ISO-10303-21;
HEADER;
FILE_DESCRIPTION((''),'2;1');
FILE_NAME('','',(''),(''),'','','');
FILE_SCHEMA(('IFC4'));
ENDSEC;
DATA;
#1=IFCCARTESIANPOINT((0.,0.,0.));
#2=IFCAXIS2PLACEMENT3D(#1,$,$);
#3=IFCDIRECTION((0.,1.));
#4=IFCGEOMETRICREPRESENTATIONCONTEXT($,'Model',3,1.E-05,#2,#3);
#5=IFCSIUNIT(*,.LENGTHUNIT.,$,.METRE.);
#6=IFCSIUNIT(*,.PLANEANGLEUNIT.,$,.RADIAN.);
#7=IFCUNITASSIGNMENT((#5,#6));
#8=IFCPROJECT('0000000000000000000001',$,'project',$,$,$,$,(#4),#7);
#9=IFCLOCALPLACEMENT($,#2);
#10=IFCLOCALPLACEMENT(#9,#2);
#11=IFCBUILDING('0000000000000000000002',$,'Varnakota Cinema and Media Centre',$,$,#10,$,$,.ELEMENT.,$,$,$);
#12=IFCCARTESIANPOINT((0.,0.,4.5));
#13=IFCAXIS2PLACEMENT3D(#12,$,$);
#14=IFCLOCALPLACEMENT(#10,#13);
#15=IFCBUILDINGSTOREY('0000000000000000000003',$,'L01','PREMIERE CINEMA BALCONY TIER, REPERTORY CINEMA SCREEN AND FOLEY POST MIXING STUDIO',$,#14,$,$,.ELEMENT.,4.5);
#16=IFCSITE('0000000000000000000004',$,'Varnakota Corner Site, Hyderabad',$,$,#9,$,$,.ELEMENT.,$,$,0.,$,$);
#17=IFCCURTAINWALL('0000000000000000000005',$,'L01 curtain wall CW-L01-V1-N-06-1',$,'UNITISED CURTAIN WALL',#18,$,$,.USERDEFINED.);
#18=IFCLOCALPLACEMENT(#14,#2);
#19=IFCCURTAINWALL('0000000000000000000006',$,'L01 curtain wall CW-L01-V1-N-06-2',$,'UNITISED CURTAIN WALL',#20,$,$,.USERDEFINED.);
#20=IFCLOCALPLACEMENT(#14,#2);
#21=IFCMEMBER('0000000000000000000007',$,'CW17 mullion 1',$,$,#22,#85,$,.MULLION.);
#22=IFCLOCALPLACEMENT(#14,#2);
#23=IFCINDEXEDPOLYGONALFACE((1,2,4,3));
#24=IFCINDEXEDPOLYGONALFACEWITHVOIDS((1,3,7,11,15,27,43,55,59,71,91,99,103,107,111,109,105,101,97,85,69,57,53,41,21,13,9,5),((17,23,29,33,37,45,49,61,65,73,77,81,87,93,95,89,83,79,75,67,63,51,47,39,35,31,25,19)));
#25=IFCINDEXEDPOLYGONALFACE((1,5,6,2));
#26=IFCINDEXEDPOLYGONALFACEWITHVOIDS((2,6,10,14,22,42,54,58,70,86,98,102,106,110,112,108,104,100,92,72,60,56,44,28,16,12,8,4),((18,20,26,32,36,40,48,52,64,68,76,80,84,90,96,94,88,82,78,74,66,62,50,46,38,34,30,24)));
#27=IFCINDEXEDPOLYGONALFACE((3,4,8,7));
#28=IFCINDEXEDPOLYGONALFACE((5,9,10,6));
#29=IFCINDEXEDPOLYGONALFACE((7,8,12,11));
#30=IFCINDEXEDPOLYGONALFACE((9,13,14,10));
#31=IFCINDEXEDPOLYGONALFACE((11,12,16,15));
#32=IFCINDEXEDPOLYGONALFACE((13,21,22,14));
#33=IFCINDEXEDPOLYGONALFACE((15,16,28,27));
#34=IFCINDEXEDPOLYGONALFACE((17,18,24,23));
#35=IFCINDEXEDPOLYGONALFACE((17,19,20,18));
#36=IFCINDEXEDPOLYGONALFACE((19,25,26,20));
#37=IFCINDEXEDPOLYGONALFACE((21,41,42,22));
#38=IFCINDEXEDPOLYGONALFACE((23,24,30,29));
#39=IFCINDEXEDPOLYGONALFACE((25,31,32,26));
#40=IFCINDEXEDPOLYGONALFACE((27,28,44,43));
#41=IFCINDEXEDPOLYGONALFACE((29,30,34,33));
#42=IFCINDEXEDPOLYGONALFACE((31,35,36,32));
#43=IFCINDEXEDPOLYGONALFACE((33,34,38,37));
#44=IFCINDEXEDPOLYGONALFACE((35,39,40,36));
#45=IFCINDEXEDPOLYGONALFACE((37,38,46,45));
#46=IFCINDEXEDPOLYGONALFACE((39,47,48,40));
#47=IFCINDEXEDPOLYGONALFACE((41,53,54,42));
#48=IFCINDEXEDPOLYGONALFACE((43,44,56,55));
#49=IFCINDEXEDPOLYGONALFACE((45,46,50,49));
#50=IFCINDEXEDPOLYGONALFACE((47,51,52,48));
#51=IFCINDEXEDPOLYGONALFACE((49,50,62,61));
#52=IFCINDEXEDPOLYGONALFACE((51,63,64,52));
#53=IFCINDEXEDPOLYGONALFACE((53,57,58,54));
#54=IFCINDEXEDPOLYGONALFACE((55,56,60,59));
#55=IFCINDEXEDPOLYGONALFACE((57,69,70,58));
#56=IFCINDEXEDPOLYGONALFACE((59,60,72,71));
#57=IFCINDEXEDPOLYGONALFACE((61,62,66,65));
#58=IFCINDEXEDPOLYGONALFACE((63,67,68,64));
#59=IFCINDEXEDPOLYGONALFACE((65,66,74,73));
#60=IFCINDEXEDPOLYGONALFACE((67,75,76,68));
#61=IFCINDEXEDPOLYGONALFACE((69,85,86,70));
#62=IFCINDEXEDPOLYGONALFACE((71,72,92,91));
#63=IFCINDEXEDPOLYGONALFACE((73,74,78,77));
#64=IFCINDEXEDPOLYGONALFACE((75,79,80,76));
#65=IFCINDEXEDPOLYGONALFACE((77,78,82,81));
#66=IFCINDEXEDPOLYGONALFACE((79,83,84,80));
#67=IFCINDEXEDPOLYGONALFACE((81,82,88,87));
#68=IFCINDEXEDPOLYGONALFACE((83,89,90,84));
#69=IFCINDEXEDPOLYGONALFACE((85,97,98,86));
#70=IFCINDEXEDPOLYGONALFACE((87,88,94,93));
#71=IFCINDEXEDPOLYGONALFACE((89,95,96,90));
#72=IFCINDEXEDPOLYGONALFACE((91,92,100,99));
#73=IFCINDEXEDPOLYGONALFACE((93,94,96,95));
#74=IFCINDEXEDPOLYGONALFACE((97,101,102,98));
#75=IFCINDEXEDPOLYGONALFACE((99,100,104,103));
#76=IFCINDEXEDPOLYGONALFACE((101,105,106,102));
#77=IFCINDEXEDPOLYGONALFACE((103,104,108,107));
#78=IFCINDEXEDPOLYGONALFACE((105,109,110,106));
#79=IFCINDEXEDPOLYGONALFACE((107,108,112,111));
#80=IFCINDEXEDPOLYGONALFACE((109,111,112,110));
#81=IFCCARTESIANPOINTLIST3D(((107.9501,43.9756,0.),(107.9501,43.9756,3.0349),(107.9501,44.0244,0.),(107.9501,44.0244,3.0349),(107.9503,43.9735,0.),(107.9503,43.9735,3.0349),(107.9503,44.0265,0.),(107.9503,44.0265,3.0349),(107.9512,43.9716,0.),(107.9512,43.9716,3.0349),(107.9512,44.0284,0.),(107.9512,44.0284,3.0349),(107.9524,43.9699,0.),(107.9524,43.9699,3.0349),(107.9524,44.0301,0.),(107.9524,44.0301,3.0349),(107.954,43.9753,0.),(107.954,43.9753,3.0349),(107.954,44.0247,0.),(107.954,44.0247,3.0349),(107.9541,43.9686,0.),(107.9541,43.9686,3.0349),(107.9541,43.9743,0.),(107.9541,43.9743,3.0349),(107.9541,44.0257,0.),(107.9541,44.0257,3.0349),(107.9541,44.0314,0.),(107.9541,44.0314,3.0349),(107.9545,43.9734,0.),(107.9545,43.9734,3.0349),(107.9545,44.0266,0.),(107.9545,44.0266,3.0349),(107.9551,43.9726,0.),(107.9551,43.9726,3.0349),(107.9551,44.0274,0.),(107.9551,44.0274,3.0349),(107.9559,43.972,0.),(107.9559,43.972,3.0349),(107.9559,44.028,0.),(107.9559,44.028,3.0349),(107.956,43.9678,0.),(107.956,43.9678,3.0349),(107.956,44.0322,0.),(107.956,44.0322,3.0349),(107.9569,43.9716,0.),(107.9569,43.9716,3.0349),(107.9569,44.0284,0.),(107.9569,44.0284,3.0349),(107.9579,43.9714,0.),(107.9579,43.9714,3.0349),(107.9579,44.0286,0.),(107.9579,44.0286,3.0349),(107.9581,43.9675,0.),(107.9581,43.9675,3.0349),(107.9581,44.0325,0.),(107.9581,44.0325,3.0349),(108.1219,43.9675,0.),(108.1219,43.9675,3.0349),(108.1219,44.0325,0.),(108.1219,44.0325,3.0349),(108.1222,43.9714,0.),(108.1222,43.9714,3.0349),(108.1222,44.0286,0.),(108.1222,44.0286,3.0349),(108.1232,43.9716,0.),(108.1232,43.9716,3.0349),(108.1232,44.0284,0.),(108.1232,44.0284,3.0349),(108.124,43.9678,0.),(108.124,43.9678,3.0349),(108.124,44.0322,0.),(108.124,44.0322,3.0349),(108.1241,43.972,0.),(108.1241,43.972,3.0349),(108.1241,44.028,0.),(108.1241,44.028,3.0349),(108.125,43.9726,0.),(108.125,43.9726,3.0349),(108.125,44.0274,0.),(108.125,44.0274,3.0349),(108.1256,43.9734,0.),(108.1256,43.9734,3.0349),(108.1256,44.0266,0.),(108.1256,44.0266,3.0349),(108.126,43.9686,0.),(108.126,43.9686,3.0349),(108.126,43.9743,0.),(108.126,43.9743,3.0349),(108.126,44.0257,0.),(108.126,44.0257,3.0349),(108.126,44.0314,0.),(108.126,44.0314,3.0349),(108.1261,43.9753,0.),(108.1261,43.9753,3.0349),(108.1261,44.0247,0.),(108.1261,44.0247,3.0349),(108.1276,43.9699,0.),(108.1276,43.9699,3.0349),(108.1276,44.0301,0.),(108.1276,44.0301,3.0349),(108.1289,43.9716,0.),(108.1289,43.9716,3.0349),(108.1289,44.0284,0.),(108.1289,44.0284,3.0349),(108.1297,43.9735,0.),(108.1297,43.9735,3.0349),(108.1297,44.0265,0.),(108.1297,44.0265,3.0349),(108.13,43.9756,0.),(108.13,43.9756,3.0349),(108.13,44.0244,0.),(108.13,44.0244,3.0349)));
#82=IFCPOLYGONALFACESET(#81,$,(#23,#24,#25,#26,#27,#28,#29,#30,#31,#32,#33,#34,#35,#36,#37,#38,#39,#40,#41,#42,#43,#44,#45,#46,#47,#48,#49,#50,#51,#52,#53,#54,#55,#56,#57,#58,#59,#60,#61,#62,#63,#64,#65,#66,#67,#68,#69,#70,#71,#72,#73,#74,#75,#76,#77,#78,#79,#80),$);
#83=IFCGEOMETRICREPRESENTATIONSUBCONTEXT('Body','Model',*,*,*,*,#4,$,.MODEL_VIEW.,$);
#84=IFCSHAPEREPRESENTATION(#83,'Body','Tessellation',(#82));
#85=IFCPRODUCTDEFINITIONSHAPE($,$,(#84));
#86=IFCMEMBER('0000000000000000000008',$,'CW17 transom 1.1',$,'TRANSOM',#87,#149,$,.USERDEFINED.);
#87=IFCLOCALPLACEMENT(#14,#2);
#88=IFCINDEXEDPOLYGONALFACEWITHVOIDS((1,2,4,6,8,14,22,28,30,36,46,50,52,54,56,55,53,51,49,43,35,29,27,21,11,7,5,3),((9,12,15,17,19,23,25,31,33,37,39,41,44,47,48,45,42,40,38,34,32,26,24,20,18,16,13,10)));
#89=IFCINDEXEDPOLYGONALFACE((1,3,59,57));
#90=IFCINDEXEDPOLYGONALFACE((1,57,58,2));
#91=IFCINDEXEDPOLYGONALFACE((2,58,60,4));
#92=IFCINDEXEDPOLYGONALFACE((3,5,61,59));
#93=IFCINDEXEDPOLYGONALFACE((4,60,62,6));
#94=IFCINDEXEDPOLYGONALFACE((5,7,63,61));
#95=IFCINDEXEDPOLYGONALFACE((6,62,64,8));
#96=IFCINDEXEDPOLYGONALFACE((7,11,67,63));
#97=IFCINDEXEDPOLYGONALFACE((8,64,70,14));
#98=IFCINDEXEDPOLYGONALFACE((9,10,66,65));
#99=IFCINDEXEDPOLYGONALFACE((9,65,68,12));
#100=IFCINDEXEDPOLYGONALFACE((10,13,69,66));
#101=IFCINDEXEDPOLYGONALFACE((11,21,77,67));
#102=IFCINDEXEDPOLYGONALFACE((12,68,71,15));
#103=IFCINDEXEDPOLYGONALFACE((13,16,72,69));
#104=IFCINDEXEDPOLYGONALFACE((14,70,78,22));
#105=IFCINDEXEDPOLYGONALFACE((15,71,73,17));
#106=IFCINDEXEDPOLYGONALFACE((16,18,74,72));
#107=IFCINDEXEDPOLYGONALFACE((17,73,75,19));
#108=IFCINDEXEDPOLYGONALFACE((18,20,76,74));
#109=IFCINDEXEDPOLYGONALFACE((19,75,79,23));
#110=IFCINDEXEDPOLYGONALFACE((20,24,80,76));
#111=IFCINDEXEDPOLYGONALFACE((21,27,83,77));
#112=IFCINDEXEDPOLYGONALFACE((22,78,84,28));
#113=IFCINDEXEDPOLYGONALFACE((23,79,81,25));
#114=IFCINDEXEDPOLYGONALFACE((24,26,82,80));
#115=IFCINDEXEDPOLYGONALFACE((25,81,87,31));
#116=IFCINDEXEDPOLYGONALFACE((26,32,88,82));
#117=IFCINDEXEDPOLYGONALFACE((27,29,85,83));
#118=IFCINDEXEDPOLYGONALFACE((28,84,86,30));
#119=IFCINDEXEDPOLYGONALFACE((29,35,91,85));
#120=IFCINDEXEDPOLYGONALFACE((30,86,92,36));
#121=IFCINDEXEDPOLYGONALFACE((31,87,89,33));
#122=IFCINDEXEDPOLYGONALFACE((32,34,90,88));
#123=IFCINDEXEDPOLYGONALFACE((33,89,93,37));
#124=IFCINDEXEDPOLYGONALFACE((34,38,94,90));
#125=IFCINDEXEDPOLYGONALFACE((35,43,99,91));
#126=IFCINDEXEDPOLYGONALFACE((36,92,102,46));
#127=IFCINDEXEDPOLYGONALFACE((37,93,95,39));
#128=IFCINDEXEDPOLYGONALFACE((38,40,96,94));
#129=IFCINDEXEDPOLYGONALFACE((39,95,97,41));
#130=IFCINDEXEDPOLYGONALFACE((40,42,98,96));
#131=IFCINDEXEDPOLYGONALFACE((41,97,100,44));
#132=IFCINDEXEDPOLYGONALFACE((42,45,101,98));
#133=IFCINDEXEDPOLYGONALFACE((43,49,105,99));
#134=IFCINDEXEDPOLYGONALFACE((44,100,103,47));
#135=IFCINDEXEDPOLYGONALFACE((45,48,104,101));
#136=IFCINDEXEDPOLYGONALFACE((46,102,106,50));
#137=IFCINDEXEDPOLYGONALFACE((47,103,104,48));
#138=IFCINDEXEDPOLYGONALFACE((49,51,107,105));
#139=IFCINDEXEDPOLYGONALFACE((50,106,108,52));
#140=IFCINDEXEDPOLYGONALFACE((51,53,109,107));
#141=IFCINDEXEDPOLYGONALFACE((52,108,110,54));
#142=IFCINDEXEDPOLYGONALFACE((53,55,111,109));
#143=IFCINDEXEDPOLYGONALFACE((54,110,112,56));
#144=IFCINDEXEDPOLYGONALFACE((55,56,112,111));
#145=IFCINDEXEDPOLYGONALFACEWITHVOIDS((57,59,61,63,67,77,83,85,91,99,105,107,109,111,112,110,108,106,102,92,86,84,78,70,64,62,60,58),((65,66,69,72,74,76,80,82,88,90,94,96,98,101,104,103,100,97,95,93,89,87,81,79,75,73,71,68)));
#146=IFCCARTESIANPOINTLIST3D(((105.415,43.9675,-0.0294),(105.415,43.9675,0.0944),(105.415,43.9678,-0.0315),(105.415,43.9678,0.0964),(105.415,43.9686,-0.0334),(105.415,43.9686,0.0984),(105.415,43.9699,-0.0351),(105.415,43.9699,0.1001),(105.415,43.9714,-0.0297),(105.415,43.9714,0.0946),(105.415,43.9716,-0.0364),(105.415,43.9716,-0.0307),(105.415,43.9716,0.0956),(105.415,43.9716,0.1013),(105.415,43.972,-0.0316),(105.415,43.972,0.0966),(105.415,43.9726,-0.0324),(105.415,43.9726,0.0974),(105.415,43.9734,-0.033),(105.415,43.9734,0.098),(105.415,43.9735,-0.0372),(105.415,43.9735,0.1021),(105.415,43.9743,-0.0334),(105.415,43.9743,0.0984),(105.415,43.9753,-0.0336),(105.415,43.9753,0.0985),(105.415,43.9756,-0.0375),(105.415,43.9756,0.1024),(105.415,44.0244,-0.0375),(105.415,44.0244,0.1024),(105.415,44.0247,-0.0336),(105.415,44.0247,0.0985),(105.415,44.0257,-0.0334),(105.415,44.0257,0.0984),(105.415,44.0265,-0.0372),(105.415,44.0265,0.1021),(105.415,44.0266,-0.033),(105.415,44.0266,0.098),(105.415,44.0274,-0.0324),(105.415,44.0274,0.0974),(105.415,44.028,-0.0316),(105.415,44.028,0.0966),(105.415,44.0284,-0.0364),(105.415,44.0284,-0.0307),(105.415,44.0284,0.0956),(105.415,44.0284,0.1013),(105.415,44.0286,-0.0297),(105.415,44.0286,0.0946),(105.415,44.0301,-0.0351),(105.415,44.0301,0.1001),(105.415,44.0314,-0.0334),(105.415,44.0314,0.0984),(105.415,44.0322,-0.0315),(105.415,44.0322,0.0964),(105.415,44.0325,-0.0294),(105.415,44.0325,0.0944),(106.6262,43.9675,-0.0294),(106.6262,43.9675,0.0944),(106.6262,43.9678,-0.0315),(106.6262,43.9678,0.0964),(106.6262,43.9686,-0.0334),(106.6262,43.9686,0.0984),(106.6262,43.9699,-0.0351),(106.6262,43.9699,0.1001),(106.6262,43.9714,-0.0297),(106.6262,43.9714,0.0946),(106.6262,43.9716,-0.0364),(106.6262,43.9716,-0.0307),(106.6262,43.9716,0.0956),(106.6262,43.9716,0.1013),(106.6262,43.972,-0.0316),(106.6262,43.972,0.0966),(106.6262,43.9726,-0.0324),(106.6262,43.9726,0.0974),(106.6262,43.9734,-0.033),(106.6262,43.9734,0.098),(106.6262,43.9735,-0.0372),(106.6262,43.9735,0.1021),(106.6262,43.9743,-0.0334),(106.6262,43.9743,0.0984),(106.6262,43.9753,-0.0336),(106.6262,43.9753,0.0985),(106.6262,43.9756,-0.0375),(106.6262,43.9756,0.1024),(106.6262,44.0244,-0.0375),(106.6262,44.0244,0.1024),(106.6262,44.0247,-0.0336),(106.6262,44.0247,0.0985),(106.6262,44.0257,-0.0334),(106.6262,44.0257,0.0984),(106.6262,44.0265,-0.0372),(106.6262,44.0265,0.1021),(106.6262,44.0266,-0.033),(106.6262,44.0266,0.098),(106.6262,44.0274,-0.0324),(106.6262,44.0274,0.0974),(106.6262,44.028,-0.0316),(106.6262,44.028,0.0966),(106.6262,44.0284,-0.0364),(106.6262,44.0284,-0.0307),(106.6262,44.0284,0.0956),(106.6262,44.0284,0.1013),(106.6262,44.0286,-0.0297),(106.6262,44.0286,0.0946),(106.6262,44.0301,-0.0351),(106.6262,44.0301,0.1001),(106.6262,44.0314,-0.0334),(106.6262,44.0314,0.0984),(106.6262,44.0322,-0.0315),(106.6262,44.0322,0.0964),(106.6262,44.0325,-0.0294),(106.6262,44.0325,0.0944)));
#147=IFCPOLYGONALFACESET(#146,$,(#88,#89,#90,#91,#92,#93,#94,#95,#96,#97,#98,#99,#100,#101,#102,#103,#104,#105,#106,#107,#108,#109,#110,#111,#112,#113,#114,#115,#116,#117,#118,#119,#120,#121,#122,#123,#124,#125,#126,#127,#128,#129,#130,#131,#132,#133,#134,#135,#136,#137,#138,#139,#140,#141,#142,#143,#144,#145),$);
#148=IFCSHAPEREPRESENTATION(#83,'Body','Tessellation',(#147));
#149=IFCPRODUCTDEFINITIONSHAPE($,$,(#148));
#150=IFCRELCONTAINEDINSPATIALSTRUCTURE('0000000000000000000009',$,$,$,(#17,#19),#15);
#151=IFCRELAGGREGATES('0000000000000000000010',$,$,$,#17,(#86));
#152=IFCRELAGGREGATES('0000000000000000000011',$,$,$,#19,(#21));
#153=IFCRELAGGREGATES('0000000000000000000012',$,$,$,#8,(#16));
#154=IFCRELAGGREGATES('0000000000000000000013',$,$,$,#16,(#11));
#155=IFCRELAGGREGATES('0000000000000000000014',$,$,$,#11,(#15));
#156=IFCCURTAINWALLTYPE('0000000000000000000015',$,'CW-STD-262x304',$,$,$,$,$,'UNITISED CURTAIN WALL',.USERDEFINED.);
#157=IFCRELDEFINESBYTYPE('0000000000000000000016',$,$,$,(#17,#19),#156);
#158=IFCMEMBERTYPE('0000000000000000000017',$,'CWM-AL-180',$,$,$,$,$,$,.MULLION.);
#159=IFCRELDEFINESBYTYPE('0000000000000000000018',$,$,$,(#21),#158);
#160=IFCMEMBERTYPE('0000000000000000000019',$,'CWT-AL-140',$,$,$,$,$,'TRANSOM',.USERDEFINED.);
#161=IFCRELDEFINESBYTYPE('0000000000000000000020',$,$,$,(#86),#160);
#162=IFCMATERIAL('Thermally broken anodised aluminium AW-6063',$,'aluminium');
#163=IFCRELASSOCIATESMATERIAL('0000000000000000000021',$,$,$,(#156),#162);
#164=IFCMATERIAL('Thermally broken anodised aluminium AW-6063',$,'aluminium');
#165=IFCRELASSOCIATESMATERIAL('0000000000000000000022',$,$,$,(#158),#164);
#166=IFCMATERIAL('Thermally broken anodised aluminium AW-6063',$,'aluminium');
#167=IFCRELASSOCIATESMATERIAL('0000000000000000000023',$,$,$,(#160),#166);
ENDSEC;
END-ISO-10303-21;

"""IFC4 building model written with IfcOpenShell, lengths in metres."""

from ifc_helpers import new_model, si_unit, direction, frame, origin, origin_2d, place, context, subcontext, project, spatial, hollow_rectangle, extrude, material, material_profile, profile_set, type_object, element, aggregate, save


model = new_model("IFC4")

# Units and contexts
model_context = context("Model", 3, precision=1e-05, world=origin(), true_north=direction((0.0, 1.0)))
body_context = subcontext(model_context, "Body", "Model", "MODEL_VIEW")
ifc_project = project(units=[si_unit("LENGTHUNIT", "METRE"), si_unit("PLANEANGLEUNIT", "RADIAN")], contexts=[model_context])

# Site, building, storey
site_placement = place(None, origin())
site = spatial("IfcSite", under=ifc_project, at=site_placement, Name="Varnakota Corner Site, Hyderabad", CompositionType="ELEMENT", RefElevation=0.0)
building_placement = place(site_placement, origin())
building = spatial("IfcBuilding", under=site, at=building_placement, Name="Varnakota Cinema and Media Centre", CompositionType="ELEMENT")
storey_placement = place(building_placement, frame((0.0, 0.0, 4.5)))
storey = spatial("IfcBuildingStorey", under=building, at=storey_placement, Name="L01", Description="PREMIERE CINEMA BALCONY TIER, REPERTORY CINEMA SCREEN AND FOLEY POST MIXING STUDIO", CompositionType="ELEMENT", Elevation=4.5)

# Shared definitions
ifc_material_1 = material(Name="Thermally broken anodised aluminium AW-6063", Category="aluminium")
curtain_wall_type = type_object("IfcCurtainWallType", Name="CW-STD-262x304", ElementType="UNITISED CURTAIN WALL", PredefinedType="USERDEFINED", material=ifc_material_1)
ifc_material_2 = material(Name="Thermally broken anodised aluminium AW-6063", Category="aluminium")
ifc_material_profile_1 = material_profile(ifc_material_2, hollow_rectangle(XDim=0.0649, YDim=0.1799, WallThickness=0.0039, InnerFilletRadius=0.0039, OuterFilletRadius=0.0081, at=origin_2d()), Name="AL-MULLION 180x65x4")
ifc_profile_set_1 = profile_set([ifc_material_profile_1], Name="Thermally broken anodised aluminium AW-6063")
member_type_1 = type_object("IfcMemberType", Name="CWM-AL-180", PredefinedType="MULLION", material=ifc_profile_set_1)

# Curtain wall
curtain_wall_1_placement = place(storey_placement, origin())
curtain_wall_1 = element("IfcCurtainWall", 1, at=curtain_wall_1_placement, inside=storey, type_object=curtain_wall_type, Name="L01 curtain wall CW-L01-V1-N-06-1", ObjectType="UNITISED CURTAIN WALL", PredefinedType="USERDEFINED")

# Curtain wall, member
curtain_wall_2_placement = place(storey_placement, origin())
curtain_wall_2 = element("IfcCurtainWall", 2, at=curtain_wall_2_placement, inside=storey, type_object=curtain_wall_type, Name="L01 curtain wall CW-L01-V1-N-06-2", ObjectType="UNITISED CURTAIN WALL", PredefinedType="USERDEFINED")
member_1_placement = place(storey_placement, frame((108.04, 44.0, 0.0), z_axis=(0.0, 0.0, 1.0), x_axis=(0.0, 1.0, 0.0)))
member_1 = element("IfcMember", 3, at=member_1_placement, type_object=member_type_1, Name="CW17 mullion 1", PredefinedType="MULLION", context=body_context, shape_type="SweptSolid", body=[
    extrude(hollow_rectangle(XDim=0.0649, YDim=0.1799, WallThickness=0.0039, InnerFilletRadius=0.0039, OuterFilletRadius=0.0081, at=origin_2d()), origin(), (0.0, 0.0, 1.0), 3.0349),
])

# Member
ifc_material_3 = material(Name="Thermally broken anodised aluminium AW-6063", Category="aluminium")
ifc_material_profile_2 = material_profile(ifc_material_3, hollow_rectangle(XDim=0.0649, YDim=0.1399, WallThickness=0.0039, InnerFilletRadius=0.0039, OuterFilletRadius=0.0081, at=origin_2d()), Name="AL-TRANSOM 140x65x4")
ifc_profile_set_2 = profile_set([ifc_material_profile_2], Name="Thermally broken anodised aluminium AW-6063")
member_type_2 = type_object("IfcMemberType", Name="CWT-AL-140", ElementType="TRANSOM", PredefinedType="USERDEFINED", material=ifc_profile_set_2)
member_2_placement = place(storey_placement, frame((105.415, 44.0, 0.0325), z_axis=(1.0, 0.0, 0.0), x_axis=(0.0, 1.0, 0.0)))
member_2 = element("IfcMember", 4, at=member_2_placement, type_object=member_type_2, Name="CW17 transom 1.1", ObjectType="TRANSOM", PredefinedType="USERDEFINED", context=body_context, shape_type="SweptSolid", body=[
    extrude(hollow_rectangle(XDim=0.0649, YDim=0.1399, WallThickness=0.0039, InnerFilletRadius=0.0039, OuterFilletRadius=0.0081, at=origin_2d()), origin(), (0.0, 0.0, 1.0), 1.2112),
])

aggregate(curtain_wall_1, [member_2])
aggregate(curtain_wall_2, [member_1])

save(model, "model.ifc")
